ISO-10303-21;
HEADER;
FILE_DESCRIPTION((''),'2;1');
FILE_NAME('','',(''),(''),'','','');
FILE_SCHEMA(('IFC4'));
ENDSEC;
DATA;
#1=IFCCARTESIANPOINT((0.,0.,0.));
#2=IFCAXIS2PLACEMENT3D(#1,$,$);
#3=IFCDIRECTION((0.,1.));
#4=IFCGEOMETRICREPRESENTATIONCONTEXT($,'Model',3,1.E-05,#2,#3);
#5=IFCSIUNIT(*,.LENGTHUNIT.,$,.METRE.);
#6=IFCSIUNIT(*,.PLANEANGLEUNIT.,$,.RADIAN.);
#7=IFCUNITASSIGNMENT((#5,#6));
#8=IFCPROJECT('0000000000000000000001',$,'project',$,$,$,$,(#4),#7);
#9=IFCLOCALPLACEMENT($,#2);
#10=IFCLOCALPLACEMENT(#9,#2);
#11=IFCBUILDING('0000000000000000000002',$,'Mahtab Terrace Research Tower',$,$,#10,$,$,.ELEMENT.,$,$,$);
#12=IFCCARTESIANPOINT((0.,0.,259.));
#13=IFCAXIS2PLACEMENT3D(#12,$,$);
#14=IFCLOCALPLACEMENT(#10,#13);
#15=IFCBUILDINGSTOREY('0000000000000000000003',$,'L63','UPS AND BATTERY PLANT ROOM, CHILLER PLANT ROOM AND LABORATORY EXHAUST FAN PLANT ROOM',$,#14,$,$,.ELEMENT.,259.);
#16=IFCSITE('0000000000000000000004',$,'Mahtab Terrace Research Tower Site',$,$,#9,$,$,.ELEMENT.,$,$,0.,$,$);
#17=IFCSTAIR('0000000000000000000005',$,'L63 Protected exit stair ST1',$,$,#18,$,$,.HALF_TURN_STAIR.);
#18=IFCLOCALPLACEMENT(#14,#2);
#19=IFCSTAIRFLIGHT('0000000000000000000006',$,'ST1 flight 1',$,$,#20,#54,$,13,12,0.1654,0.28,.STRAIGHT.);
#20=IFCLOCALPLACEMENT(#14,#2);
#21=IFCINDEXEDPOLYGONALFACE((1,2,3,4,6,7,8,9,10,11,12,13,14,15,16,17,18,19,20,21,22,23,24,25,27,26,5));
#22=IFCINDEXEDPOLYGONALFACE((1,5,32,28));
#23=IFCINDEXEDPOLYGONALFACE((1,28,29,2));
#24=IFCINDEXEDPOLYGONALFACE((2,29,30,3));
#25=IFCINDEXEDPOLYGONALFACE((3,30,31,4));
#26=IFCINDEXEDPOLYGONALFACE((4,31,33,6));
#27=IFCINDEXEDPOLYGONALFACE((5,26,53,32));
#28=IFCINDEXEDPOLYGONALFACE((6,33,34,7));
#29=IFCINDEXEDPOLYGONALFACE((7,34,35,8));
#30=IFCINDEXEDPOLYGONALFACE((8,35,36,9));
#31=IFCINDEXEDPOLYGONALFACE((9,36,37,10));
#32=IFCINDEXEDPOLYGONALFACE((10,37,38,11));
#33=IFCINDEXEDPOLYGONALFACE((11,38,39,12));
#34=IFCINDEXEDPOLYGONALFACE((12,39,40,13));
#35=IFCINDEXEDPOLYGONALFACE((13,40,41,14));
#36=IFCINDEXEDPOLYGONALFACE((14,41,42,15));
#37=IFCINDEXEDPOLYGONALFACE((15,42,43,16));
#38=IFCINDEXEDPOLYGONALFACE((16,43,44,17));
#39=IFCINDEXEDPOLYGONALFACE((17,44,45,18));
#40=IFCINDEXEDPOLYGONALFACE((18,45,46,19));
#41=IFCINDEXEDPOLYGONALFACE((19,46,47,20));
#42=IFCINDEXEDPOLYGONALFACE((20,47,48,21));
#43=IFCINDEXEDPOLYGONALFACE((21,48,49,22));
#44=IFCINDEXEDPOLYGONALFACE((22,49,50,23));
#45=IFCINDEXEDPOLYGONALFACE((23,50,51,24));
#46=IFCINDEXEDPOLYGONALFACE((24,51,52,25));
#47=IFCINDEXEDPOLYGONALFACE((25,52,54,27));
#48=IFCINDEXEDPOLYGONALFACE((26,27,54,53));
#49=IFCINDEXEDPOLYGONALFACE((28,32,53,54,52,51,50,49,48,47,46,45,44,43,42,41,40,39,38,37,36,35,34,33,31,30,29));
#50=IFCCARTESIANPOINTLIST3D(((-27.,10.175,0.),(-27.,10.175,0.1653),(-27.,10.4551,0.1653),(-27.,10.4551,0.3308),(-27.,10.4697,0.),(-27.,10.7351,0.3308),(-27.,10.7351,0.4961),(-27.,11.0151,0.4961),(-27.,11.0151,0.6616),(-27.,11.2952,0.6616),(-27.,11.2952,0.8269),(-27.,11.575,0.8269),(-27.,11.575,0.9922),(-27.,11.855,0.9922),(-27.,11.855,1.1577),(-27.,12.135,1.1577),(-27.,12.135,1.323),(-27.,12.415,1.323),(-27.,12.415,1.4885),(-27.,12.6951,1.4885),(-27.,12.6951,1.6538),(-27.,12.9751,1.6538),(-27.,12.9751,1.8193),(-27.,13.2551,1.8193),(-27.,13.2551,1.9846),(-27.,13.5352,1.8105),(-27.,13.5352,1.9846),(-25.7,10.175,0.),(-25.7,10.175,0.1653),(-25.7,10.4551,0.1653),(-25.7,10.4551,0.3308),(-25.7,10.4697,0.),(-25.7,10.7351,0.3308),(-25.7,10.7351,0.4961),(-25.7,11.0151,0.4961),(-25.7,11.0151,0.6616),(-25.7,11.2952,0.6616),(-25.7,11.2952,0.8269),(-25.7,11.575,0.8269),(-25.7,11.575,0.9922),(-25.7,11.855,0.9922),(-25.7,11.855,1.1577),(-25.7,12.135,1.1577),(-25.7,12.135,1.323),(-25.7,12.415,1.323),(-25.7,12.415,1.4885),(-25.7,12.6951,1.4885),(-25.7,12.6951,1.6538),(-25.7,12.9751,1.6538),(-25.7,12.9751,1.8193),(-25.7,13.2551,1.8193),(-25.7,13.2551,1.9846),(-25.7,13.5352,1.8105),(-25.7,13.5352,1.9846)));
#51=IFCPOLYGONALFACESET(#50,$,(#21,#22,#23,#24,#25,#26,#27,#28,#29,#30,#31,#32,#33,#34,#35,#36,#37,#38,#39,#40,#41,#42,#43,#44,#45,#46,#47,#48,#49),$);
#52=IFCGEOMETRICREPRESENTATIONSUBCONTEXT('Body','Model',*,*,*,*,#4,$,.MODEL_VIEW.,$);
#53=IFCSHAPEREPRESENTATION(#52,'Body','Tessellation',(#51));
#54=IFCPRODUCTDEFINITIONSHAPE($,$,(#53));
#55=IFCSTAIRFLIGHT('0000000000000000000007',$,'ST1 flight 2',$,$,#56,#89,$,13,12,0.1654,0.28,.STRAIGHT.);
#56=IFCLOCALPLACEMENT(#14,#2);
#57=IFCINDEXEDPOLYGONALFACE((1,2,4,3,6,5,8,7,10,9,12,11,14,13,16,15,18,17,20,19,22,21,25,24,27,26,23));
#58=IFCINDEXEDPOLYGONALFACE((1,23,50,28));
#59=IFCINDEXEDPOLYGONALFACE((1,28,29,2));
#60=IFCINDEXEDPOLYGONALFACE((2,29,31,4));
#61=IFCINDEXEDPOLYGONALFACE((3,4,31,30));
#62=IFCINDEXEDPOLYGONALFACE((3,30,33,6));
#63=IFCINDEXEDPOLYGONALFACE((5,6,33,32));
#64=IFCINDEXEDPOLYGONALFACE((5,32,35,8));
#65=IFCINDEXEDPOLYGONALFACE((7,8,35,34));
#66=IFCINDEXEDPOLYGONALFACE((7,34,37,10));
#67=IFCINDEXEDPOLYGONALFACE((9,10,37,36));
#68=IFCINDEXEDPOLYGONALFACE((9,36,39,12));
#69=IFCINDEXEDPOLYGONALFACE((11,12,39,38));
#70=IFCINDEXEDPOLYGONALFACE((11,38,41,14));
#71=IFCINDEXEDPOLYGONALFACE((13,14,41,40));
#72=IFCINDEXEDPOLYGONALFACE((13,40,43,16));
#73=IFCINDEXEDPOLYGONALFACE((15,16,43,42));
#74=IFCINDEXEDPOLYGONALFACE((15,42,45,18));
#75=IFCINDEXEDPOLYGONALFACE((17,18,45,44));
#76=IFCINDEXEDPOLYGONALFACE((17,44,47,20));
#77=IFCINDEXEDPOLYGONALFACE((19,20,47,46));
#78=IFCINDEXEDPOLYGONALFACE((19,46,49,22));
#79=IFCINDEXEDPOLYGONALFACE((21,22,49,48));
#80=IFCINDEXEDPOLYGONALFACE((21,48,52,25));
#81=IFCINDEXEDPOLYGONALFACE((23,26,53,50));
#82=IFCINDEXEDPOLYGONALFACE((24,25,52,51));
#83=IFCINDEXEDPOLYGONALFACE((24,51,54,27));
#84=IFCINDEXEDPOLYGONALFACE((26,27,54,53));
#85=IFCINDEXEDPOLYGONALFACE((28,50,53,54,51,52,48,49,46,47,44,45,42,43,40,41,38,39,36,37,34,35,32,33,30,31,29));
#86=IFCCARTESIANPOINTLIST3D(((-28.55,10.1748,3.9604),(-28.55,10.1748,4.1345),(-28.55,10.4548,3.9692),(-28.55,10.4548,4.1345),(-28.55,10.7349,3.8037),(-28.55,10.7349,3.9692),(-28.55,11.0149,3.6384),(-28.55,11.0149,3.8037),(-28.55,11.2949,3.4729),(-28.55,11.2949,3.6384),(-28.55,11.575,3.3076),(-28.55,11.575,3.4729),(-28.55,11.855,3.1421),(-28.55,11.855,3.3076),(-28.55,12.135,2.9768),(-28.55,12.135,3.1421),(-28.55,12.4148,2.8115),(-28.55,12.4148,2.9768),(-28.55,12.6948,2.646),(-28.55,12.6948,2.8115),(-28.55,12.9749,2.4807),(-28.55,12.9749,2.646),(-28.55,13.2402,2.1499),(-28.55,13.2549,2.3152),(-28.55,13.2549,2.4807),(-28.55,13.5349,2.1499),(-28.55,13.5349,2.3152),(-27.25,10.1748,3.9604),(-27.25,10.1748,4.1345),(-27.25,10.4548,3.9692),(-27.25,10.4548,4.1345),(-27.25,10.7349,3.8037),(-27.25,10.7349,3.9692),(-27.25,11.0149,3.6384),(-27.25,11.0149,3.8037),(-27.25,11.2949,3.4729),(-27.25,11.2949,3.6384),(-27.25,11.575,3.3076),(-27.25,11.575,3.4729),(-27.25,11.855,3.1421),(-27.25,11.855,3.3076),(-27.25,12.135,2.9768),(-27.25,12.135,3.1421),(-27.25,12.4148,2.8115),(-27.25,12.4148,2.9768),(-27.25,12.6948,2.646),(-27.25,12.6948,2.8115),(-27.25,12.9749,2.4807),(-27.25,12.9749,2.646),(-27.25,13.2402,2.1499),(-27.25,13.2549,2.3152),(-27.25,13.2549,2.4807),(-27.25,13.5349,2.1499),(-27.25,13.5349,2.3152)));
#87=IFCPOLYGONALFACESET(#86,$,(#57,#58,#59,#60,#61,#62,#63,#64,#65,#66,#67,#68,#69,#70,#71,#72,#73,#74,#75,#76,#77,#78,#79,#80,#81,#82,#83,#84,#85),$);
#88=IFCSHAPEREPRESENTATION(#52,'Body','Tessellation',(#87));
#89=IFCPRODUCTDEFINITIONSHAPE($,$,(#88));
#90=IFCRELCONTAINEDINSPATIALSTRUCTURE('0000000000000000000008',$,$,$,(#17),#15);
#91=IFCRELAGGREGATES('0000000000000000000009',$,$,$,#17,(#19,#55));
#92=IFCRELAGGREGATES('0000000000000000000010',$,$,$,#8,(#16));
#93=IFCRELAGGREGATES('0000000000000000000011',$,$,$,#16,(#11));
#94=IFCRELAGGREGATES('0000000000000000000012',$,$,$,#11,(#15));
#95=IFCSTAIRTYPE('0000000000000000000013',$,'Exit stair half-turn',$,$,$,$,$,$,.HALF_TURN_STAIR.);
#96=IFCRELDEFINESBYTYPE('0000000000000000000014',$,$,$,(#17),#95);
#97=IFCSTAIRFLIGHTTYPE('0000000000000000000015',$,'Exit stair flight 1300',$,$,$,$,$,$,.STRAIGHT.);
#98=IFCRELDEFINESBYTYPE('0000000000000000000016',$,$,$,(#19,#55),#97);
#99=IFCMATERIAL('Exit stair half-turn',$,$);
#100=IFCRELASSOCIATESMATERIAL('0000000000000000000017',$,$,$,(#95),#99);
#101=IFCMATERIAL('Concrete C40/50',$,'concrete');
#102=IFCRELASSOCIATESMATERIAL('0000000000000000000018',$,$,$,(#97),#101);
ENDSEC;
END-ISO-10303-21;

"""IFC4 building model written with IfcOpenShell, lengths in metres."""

from ifc_helpers import new_model, si_unit, direction, frame, origin, place, context, subcontext, project, spatial, polyline, outline, extrude, material, type_object, element, aggregate, save


model = new_model("IFC4")

# Units and contexts
model_context = context("Model", 3, precision=1e-05, world=origin(), true_north=direction((0.0, 1.0)))
body_context = subcontext(model_context, "Body", "Model", "MODEL_VIEW")
ifc_project = project(units=[si_unit("LENGTHUNIT", "METRE"), si_unit("PLANEANGLEUNIT", "RADIAN")], contexts=[model_context])

# Site, building, storey
site_placement = place(None, origin())
site = spatial("IfcSite", under=ifc_project, at=site_placement, Name="Mahtab Terrace Research Tower Site", CompositionType="ELEMENT", RefElevation=0.0)
building_placement = place(site_placement, origin())
building = spatial("IfcBuilding", under=site, at=building_placement, Name="Mahtab Terrace Research Tower", CompositionType="ELEMENT")
storey_placement = place(building_placement, frame((0.0, 0.0, 259.0)))
storey = spatial("IfcBuildingStorey", under=building, at=storey_placement, Name="L63", Description="UPS AND BATTERY PLANT ROOM, CHILLER PLANT ROOM AND LABORATORY EXHAUST FAN PLANT ROOM", CompositionType="ELEMENT", Elevation=259.0)

# Stair, stair flights
ifc_material_1 = material(Name="Exit stair half-turn")
stair_type = type_object("IfcStairType", Name="Exit stair half-turn", PredefinedType="HALF_TURN_STAIR", material=ifc_material_1)
stair_placement = place(storey_placement, origin())
stair = element("IfcStair", 1, at=stair_placement, inside=storey, type_object=stair_type, Name="L63 Protected exit stair ST1", PredefinedType="HALF_TURN_STAIR")
ifc_material_2 = material(Name="Concrete C40/50", Category="concrete")
stair_flight_type = type_object("IfcStairFlightType", Name="Exit stair flight 1300", PredefinedType="STRAIGHT", material=ifc_material_2)
stair_flight_1_placement = place(storey_placement, frame((-26.3501, 10.175, 0.0), z_axis=(0.0, 0.0, 1.0), x_axis=(0.0, 1.0, 0.0)))
stair_flight_1 = element("IfcStairFlight", 2, at=stair_flight_1_placement, type_object=stair_flight_type, Name="ST1 flight 1", NumberOfRisers=13, NumberOfTreads=12, PredefinedType="STRAIGHT", RiserHeight=0.1654, TreadLength=0.28, context=body_context, shape_type="SweptSolid", body=[
    extrude(outline(polyline([(0.0, 0.0), (0.0, 0.1653), (0.28, 0.1653), (0.28, 0.3308), (0.5601, 0.3308), (0.5601, 0.4961), (0.8401, 0.4961), (0.8401, 0.6616), (1.1201, 0.6616), (1.1201, 0.8269), (1.3999, 0.8269), (1.3999, 0.9922), (1.6799, 0.9922), (1.6799, 1.1577), (1.96, 1.1577), (1.96, 1.323), (2.24, 1.323), (2.24, 1.4885), (2.52, 1.4885), (2.52, 1.6538), (2.8, 1.6538), (2.8, 1.8193), (3.0801, 1.8193), (3.0801, 1.9846), (3.3601, 1.9846), (3.3601, 2.1499), (3.3601, 1.8105), (0.2947, 0.0), (0.0, 0.0)])), frame((0.0, 0.6499, 0.0), z_axis=(0.0, -1.0, 0.0), x_axis=(1.0, 0.0, 0.0)), (0.0, 0.0, 1.0), 1.3),
])
stair_flight_2_placement = place(storey_placement, frame((-27.8999, 13.5349, 2.1499), z_axis=(0.0, 0.0, 1.0), x_axis=(0.0, -1.0, 0.0)))
stair_flight_2 = element("IfcStairFlight", 3, at=stair_flight_2_placement, type_object=stair_flight_type, Name="ST1 flight 2", NumberOfRisers=13, NumberOfTreads=12, PredefinedType="STRAIGHT", RiserHeight=0.1654, TreadLength=0.28, context=body_context, shape_type="SweptSolid", body=[
    extrude(outline(polyline([(0.0, 0.0), (0.0, 0.1653), (0.28, 0.1653), (0.28, 0.3308), (0.5601, 0.3308), (0.5601, 0.4961), (0.8401, 0.4961), (0.8401, 0.6616), (1.1201, 0.6616), (1.1201, 0.8269), (1.3999, 0.8269), (1.3999, 0.9922), (1.6799, 0.9922), (1.6799, 1.1577), (1.96, 1.1577), (1.96, 1.323), (2.24, 1.323), (2.24, 1.4885), (2.52, 1.4885), (2.52, 1.6538), (2.8, 1.6538), (2.8, 1.8193), (3.0801, 1.8193), (3.0801, 1.9846), (3.3601, 1.9846), (3.3601, 2.1499), (3.3601, 1.8105), (0.2947, 0.0), (0.0, 0.0)])), frame((0.0, 0.6499, 0.0), z_axis=(0.0, -1.0, 0.0), x_axis=(1.0, 0.0, 0.0)), (0.0, 0.0, 1.0), 1.3),
])
aggregate(stair, [stair_flight_1, stair_flight_2])

save(model, "model.ifc")
